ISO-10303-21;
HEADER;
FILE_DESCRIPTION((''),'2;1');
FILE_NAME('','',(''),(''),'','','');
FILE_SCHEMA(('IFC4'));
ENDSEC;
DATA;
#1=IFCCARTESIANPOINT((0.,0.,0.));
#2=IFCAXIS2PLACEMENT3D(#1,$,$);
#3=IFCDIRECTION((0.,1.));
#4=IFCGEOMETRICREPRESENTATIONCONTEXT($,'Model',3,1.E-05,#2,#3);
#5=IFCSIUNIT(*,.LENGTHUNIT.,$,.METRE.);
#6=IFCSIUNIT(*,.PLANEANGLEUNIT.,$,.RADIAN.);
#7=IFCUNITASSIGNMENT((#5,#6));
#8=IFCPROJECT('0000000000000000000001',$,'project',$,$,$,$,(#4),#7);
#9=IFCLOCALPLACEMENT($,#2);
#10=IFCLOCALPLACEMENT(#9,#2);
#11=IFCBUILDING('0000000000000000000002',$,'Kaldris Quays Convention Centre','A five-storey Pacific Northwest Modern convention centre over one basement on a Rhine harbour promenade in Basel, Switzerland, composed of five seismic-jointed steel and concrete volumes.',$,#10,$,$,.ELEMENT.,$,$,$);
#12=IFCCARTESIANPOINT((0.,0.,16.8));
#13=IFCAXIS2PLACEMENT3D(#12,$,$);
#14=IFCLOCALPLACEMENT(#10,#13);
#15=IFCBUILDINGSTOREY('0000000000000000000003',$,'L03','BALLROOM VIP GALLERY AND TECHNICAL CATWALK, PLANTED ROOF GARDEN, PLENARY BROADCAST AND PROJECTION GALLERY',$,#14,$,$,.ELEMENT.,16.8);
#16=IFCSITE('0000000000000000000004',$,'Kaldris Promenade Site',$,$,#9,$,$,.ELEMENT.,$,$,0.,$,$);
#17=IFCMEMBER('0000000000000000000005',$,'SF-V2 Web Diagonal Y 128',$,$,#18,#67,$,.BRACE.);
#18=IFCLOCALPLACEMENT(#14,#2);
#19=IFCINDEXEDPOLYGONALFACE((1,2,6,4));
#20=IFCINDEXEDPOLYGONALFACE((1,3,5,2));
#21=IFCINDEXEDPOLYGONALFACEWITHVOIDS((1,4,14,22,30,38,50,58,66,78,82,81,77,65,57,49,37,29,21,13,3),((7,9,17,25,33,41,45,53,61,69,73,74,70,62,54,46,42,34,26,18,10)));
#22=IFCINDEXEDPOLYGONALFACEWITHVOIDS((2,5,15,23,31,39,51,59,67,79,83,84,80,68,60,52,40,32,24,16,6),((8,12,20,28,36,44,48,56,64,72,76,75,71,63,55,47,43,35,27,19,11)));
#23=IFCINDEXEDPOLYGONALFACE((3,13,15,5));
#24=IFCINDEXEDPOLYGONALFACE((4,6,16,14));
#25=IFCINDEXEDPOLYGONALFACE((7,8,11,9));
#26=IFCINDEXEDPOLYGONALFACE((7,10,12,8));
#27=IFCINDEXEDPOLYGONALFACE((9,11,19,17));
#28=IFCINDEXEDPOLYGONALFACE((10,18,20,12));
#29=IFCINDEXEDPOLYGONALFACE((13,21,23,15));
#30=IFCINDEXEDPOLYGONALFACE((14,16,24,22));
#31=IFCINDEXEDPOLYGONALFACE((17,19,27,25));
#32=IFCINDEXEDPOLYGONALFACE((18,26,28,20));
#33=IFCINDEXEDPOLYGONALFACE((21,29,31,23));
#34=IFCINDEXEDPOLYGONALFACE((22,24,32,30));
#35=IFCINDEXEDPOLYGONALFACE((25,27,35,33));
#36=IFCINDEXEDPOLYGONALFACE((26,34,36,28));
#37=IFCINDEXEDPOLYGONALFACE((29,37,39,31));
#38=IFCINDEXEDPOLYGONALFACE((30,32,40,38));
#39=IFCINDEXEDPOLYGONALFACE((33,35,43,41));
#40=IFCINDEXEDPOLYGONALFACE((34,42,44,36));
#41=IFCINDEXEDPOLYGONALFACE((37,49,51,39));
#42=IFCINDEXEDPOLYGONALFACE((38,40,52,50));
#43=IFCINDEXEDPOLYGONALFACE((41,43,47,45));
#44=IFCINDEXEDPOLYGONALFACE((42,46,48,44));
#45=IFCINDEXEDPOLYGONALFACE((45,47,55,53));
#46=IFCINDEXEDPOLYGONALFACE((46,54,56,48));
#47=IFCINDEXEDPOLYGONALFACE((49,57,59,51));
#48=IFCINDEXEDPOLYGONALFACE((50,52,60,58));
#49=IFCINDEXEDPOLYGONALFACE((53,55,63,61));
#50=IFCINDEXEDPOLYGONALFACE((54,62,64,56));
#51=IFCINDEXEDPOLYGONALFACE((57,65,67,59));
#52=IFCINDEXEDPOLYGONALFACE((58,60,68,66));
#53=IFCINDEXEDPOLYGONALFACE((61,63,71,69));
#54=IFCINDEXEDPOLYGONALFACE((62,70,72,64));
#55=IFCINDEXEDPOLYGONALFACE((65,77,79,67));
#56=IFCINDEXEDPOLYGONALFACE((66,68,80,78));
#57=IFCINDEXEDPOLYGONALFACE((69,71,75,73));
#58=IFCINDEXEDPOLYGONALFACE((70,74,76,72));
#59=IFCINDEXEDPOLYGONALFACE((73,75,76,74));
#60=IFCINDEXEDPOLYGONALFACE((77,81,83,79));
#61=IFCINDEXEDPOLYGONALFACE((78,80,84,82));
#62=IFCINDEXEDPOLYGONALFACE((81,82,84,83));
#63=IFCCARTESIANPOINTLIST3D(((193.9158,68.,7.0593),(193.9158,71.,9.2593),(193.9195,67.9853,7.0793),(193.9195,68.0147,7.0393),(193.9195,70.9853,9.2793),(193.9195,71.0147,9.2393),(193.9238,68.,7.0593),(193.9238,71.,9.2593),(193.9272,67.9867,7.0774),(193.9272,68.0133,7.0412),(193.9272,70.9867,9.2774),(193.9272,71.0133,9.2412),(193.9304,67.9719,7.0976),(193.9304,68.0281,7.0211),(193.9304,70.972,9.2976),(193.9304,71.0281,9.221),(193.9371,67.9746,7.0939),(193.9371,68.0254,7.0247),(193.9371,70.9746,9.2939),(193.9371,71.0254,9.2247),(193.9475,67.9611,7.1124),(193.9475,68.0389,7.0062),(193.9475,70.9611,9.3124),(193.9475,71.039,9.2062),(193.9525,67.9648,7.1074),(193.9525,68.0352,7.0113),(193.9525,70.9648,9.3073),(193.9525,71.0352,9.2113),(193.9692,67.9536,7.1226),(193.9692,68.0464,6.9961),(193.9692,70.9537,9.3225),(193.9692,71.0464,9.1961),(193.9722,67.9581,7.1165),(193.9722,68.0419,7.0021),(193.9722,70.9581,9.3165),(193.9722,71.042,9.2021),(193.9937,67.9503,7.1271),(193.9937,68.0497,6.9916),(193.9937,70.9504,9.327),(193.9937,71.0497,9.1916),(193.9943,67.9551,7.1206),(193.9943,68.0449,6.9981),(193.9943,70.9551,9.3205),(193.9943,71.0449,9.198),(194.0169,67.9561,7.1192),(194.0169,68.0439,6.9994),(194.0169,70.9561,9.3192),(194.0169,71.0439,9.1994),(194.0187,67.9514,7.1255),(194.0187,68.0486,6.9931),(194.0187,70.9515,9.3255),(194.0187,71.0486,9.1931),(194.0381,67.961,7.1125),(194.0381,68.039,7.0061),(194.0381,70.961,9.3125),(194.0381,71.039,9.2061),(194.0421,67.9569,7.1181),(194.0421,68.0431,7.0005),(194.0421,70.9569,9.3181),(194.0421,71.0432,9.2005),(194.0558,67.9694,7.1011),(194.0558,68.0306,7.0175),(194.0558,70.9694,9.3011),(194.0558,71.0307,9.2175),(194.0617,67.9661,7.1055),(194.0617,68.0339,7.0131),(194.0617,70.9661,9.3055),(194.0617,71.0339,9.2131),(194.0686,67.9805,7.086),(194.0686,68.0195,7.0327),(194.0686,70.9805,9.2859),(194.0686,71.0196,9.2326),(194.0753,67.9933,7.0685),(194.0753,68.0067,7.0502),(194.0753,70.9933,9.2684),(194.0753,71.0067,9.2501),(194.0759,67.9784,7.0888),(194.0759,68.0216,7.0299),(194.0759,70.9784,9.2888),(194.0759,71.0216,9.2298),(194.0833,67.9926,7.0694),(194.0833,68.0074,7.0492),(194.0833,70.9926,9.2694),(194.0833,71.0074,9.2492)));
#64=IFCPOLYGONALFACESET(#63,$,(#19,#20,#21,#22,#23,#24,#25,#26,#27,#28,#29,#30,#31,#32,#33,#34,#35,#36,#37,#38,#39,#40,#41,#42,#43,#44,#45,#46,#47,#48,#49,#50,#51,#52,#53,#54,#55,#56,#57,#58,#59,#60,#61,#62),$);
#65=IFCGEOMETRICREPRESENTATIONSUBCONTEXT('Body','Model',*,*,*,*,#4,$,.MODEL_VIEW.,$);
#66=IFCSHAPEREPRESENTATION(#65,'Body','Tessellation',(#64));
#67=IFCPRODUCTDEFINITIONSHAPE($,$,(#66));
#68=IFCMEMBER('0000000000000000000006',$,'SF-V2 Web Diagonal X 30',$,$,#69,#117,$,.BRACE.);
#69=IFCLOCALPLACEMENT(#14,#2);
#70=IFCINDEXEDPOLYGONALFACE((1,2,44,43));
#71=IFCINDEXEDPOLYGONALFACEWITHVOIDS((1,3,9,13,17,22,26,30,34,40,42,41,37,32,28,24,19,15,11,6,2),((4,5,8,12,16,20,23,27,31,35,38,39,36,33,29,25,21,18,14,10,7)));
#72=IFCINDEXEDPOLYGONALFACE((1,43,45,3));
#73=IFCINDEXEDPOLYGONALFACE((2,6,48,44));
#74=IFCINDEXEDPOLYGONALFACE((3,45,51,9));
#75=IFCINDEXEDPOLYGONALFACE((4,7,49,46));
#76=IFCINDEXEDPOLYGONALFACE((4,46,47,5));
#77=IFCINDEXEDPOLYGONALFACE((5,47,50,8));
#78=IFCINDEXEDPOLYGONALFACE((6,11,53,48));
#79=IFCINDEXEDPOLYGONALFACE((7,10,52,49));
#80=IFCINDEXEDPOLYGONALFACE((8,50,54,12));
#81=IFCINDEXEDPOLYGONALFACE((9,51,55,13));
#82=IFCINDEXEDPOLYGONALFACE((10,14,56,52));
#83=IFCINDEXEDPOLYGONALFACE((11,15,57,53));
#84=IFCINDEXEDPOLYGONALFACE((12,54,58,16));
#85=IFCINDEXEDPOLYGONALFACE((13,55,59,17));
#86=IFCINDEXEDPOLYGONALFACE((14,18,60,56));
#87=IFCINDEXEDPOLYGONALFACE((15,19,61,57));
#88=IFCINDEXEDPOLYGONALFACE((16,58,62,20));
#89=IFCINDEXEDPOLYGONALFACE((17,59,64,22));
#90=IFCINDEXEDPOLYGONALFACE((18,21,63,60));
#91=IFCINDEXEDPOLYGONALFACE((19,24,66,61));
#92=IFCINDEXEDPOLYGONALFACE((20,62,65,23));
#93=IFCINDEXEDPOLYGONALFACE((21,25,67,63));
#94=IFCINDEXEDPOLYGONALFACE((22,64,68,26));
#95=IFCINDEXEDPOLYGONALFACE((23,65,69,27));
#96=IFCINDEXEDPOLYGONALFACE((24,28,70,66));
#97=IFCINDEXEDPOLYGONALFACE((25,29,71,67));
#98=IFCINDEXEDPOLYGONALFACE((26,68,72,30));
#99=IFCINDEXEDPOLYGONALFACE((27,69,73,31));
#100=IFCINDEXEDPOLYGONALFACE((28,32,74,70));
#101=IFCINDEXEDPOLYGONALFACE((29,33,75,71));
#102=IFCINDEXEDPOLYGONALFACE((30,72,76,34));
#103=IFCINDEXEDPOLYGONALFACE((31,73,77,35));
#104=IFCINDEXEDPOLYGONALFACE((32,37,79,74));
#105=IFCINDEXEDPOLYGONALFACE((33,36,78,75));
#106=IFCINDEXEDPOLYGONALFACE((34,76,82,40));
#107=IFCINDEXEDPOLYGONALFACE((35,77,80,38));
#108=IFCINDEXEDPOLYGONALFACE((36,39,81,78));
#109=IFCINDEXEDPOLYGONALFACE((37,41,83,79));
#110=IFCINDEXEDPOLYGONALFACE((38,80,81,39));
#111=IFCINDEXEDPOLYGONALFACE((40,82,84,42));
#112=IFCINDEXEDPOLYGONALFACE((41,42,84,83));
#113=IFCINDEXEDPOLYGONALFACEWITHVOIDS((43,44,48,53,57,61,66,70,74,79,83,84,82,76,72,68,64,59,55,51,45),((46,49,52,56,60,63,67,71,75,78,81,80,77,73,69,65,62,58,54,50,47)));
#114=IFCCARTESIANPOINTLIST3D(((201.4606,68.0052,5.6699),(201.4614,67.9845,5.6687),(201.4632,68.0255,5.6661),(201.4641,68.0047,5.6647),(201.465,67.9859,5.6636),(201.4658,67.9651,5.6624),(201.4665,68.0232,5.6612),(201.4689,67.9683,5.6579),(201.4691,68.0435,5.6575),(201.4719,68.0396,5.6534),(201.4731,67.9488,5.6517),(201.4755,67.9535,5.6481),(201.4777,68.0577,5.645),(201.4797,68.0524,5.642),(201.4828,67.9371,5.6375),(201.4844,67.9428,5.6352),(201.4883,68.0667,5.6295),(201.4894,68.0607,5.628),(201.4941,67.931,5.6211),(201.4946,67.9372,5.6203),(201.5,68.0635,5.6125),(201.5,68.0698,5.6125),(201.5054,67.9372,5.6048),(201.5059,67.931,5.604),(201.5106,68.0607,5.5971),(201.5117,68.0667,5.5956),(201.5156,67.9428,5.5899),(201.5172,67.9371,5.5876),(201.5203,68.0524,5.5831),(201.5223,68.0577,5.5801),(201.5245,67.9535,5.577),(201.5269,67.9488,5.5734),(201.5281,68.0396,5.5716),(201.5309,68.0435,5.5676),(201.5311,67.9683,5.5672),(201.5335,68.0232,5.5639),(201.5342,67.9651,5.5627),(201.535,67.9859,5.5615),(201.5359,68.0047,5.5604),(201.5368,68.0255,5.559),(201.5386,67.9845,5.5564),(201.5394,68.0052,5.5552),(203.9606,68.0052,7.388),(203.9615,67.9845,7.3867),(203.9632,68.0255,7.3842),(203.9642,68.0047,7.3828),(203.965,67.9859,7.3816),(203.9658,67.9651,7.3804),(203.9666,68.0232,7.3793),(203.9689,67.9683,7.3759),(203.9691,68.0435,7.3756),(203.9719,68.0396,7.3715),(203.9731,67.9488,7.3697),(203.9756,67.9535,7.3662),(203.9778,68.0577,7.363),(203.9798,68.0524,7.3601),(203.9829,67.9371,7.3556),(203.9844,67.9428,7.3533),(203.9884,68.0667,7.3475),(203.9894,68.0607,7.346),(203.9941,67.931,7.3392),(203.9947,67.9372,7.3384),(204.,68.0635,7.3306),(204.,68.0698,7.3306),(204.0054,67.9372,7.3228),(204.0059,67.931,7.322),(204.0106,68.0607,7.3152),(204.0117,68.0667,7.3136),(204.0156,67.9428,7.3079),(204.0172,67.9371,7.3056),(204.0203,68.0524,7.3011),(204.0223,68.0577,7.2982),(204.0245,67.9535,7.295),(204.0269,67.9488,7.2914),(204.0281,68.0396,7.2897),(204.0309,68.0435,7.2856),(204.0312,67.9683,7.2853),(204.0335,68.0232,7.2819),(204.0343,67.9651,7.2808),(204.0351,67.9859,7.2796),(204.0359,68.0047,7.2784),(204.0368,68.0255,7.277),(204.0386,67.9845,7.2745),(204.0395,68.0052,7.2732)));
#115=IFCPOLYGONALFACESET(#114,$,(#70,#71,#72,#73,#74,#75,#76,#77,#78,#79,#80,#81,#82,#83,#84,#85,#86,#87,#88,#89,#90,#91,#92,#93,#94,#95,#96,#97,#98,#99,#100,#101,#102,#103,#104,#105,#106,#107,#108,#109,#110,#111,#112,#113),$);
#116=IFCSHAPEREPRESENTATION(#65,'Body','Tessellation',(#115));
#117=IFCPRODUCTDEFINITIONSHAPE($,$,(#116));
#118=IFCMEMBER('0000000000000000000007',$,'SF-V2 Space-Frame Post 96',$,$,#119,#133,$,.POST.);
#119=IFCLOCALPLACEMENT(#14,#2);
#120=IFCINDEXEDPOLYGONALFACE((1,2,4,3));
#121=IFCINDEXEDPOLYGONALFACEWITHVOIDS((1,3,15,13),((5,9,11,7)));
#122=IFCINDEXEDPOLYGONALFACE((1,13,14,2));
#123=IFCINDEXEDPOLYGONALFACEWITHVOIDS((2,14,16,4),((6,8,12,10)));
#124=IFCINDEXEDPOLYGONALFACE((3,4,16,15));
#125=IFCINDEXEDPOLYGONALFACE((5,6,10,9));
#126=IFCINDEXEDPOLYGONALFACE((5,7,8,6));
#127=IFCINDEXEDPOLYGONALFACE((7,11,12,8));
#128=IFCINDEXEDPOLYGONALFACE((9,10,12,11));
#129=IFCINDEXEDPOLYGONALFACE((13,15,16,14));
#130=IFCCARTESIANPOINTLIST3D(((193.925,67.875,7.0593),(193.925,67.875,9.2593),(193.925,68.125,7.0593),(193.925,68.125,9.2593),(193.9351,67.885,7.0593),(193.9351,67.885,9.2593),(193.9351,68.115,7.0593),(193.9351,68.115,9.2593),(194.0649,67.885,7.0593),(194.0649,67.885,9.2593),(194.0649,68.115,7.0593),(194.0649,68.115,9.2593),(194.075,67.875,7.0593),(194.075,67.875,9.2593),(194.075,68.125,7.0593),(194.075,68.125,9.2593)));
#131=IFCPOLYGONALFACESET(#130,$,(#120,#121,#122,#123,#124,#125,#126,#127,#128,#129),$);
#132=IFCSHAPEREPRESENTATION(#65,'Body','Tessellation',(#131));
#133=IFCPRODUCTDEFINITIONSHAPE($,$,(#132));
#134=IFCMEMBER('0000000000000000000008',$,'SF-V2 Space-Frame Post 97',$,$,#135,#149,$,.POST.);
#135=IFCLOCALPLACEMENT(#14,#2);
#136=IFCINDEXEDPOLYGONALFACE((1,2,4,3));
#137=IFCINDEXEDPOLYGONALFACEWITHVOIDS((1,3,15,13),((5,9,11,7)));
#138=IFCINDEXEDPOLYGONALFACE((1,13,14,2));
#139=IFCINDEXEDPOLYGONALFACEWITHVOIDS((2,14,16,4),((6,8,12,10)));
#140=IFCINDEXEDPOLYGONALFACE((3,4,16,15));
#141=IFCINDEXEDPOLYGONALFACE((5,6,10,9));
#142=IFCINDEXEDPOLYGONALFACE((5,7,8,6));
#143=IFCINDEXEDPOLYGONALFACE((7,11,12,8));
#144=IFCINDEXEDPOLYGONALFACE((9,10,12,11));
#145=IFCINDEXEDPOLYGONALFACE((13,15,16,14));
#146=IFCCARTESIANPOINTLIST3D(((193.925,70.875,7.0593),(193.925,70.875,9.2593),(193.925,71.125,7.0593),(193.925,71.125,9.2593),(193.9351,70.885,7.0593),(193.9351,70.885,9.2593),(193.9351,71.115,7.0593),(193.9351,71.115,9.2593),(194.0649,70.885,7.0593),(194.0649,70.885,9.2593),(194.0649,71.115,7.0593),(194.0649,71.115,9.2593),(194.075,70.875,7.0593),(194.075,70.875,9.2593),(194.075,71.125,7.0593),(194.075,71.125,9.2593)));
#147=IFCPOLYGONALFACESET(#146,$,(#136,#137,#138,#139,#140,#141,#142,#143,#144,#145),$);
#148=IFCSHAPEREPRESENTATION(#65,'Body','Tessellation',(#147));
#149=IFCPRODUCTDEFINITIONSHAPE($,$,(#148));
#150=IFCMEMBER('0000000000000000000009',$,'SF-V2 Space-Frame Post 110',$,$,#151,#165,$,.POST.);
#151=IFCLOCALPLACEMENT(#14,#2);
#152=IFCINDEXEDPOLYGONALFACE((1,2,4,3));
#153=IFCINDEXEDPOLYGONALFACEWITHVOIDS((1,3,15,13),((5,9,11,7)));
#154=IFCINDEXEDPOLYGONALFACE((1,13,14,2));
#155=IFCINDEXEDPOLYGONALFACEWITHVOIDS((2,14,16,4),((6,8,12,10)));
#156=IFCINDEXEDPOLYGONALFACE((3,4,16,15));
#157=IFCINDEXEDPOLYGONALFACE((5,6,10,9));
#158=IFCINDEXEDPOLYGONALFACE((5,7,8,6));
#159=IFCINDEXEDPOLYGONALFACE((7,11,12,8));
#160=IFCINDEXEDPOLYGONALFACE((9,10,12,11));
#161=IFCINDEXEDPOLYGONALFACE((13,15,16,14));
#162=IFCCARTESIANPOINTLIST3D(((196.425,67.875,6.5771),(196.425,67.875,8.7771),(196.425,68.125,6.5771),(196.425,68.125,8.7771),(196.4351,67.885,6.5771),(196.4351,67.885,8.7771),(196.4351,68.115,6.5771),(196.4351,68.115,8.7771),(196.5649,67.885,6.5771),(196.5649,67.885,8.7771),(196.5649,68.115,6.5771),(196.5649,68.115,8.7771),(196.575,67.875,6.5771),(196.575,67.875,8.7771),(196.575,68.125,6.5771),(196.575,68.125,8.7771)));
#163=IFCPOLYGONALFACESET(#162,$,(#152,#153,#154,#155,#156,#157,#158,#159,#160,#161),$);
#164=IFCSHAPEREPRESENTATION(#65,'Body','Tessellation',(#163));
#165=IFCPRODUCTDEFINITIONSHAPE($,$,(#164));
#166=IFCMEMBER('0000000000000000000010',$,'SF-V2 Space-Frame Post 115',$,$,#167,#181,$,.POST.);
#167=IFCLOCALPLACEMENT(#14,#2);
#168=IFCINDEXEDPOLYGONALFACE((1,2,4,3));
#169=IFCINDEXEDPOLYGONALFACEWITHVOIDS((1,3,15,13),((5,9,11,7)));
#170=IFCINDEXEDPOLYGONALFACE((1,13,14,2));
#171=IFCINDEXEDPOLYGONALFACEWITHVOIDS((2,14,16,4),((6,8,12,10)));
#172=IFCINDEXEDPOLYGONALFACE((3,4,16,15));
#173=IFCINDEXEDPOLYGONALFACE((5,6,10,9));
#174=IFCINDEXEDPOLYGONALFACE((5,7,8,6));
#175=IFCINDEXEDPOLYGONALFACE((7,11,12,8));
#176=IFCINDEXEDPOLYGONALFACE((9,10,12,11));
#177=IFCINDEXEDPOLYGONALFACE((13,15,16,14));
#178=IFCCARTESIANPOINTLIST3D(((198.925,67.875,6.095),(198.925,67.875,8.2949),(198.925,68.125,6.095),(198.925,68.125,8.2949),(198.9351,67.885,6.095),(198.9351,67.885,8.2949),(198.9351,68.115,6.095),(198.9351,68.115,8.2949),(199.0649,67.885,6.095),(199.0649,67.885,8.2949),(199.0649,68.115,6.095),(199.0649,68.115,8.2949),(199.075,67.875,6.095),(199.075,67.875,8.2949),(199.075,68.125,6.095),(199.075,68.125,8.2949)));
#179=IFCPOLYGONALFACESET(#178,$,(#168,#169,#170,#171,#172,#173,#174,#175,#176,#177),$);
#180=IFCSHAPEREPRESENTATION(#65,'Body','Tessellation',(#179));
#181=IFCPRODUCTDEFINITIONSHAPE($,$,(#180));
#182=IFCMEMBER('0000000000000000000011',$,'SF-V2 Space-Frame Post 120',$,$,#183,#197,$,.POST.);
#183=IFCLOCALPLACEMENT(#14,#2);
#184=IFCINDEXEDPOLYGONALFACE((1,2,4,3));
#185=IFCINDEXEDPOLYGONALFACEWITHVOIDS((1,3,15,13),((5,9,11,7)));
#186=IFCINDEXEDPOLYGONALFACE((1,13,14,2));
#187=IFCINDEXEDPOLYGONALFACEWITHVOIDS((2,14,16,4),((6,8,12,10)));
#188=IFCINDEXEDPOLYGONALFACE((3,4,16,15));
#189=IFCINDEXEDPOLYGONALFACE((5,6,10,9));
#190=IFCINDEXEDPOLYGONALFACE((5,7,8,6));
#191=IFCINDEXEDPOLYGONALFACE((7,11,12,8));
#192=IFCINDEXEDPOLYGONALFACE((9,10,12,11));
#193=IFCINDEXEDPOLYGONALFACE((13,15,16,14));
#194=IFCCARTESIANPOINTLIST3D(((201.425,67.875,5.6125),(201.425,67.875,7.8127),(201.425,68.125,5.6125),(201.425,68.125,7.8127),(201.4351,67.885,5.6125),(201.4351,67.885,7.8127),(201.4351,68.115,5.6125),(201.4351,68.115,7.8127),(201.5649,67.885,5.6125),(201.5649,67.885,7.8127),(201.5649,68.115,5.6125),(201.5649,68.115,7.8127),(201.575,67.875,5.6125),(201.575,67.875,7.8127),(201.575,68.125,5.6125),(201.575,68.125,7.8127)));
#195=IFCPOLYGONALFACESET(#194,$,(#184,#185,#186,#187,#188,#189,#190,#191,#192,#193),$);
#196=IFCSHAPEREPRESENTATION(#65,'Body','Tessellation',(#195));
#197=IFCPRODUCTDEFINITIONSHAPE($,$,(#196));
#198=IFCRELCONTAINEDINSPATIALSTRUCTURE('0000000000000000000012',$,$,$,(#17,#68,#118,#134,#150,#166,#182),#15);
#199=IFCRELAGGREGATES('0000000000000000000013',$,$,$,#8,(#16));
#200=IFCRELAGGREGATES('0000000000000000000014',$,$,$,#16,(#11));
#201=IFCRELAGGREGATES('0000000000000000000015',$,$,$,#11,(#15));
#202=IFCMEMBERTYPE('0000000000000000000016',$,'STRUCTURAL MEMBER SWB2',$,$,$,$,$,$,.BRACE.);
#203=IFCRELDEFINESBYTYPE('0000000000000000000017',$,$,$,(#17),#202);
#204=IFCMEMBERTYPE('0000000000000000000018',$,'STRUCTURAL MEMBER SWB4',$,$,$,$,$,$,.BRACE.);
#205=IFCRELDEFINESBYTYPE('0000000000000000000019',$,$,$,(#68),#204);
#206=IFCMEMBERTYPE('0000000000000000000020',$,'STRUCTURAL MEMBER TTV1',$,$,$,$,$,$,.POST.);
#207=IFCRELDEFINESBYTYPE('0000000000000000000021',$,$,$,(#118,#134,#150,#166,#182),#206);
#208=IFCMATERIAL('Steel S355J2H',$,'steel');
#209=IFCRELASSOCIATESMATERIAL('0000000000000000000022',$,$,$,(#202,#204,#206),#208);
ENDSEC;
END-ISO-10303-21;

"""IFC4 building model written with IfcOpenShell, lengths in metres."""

from ifc_helpers import new_model, si_unit, direction, frame, origin, origin_2d, place, context, subcontext, project, spatial, hollow_rectangle, hollow_circle, extrude, material, material_profile, profile_set, type_object, element, save


model = new_model("IFC4")

# Units and contexts
model_context = context("Model", 3, precision=1e-05, world=origin(), true_north=direction((0.0, 1.0)))
body_context = subcontext(model_context, "Body", "Model", "MODEL_VIEW")
ifc_project = project(units=[si_unit("LENGTHUNIT", "METRE"), si_unit("PLANEANGLEUNIT", "RADIAN")], contexts=[model_context])

# Site, building, storey
site_placement = place(None, origin())
site = spatial("IfcSite", under=ifc_project, at=site_placement, Name="Kaldris Promenade Site", CompositionType="ELEMENT", RefElevation=0.0)
building_placement = place(site_placement, origin())
building = spatial("IfcBuilding", under=site, at=building_placement, Name="Kaldris Quays Convention Centre", Description="A five-storey Pacific Northwest Modern convention centre over one basement on a Rhine harbour promenade in Basel, Switzerland, composed of five seismic-jointed steel and concrete volumes.", CompositionType="ELEMENT")
storey_placement = place(building_placement, frame((0.0, 0.0, 16.8)))
storey = spatial("IfcBuildingStorey", under=building, at=storey_placement, Name="L03", Description="BALLROOM VIP GALLERY AND TECHNICAL CATWALK, PLANTED ROOF GARDEN, PLENARY BROADCAST AND PROJECTION GALLERY", CompositionType="ELEMENT", Elevation=16.8)

# Members
ifc_material_1 = material(Name="Steel S355J2H", Category="steel")
ifc_material_profile_1 = material_profile(ifc_material_1, hollow_circle(Radius=0.0842, WallThickness=0.0081, at=origin_2d()), Name="CHS 168.3x8")
ifc_profile_set_1 = profile_set([ifc_material_profile_1], Name="Steel S355J2H")
member_type_1 = type_object("IfcMemberType", Name="STRUCTURAL MEMBER SWB2", PredefinedType="BRACE", material=ifc_profile_set_1)
for number, where, z_axis, x_axis, name in (
    (1, (194.0, 68.0, 7.0593), (0.0, 0.806411, 0.591355), (-1.0, 0.0, 0.0), "SF-V2 Web Diagonal Y 128"),
):
    element("IfcMember", number, at=place(storey_placement, frame(where, z_axis=z_axis, x_axis=x_axis)), inside=storey, type_object=member_type_1, Name=name, PredefinedType="BRACE", context=body_context, shape_type="SweptSolid", body=[
        extrude(hollow_circle(Radius=0.0842, WallThickness=0.0081, at=origin_2d()), origin(), (0.0, 0.0, 1.0), 3.7202),
    ])
ifc_material_profile_2 = material_profile(ifc_material_1, hollow_circle(Radius=0.0698, WallThickness=0.0063, at=origin_2d()), Name="CHS 139.7x6.3")
ifc_profile_set_2 = profile_set([ifc_material_profile_2], Name="Steel S355J2H")
member_type_2 = type_object("IfcMemberType", Name="STRUCTURAL MEMBER SWB4", PredefinedType="BRACE", material=ifc_profile_set_2)
member_1_placement = place(storey_placement, frame((201.5, 68.0, 5.6125), z_axis=(0.824155, 0.0, 0.566365), x_axis=(0.0, 1.0, 0.0)))
element("IfcMember", 2, at=member_1_placement, inside=storey, type_object=member_type_2, Name="SF-V2 Web Diagonal X 30", PredefinedType="BRACE", context=body_context, shape_type="SweptSolid", body=[
    extrude(hollow_circle(Radius=0.0698, WallThickness=0.0063, at=origin_2d()), origin(), (0.0, 0.0, 1.0), 3.0334),
])
ifc_material_profile_3 = material_profile(ifc_material_1, hollow_rectangle(XDim=0.1499, YDim=0.25, WallThickness=0.01, at=origin_2d()), Name="RHS 250x150x10")
ifc_profile_set_3 = profile_set([ifc_material_profile_3], Name="Steel S355J2H")
member_type_3 = type_object("IfcMemberType", Name="STRUCTURAL MEMBER TTV1", PredefinedType="POST", material=ifc_profile_set_3)
for number, where, z_axis, x_axis, name in (
    (3, (194.0, 68.0, 7.0593), (0.0, 0.0, 1.0), (1.0, 0.0, 0.0), "SF-V2 Space-Frame Post 96"),
    (4, (194.0, 71.0, 7.0593), (0.0, 0.0, 1.0), (1.0, 0.0, 0.0), "SF-V2 Space-Frame Post 97"),
    (5, (196.5, 68.0, 6.5771), (0.0, 0.0, 1.0), (1.0, 0.0, 0.0), "SF-V2 Space-Frame Post 110"),
    (6, (199.0, 68.0, 6.095), (0.0, 0.0, 1.0), (1.0, 0.0, 0.0), "SF-V2 Space-Frame Post 115"),
):
    element("IfcMember", number, at=place(storey_placement, frame(where, z_axis=z_axis, x_axis=x_axis)), inside=storey, type_object=member_type_3, Name=name, PredefinedType="POST", context=body_context, shape_type="SweptSolid", body=[
        extrude(hollow_rectangle(XDim=0.1499, YDim=0.25, WallThickness=0.01, at=origin_2d()), origin(), (0.0, 0.0, 1.0), 2.2),
    ])
member_2_placement = place(storey_placement, frame((201.5, 68.0, 5.6125), z_axis=(0.0, 0.0, 1.0), x_axis=(1.0, 0.0, 0.0)))
element("IfcMember", 7, at=member_2_placement, inside=storey, type_object=member_type_3, Name="SF-V2 Space-Frame Post 120", PredefinedType="POST", context=body_context, shape_type="SweptSolid", body=[
    extrude(hollow_rectangle(XDim=0.1499, YDim=0.25, WallThickness=0.01, at=origin_2d()), origin(), (0.0, 0.0, 1.0), 2.2002),
])

save(model, "model.ifc")
